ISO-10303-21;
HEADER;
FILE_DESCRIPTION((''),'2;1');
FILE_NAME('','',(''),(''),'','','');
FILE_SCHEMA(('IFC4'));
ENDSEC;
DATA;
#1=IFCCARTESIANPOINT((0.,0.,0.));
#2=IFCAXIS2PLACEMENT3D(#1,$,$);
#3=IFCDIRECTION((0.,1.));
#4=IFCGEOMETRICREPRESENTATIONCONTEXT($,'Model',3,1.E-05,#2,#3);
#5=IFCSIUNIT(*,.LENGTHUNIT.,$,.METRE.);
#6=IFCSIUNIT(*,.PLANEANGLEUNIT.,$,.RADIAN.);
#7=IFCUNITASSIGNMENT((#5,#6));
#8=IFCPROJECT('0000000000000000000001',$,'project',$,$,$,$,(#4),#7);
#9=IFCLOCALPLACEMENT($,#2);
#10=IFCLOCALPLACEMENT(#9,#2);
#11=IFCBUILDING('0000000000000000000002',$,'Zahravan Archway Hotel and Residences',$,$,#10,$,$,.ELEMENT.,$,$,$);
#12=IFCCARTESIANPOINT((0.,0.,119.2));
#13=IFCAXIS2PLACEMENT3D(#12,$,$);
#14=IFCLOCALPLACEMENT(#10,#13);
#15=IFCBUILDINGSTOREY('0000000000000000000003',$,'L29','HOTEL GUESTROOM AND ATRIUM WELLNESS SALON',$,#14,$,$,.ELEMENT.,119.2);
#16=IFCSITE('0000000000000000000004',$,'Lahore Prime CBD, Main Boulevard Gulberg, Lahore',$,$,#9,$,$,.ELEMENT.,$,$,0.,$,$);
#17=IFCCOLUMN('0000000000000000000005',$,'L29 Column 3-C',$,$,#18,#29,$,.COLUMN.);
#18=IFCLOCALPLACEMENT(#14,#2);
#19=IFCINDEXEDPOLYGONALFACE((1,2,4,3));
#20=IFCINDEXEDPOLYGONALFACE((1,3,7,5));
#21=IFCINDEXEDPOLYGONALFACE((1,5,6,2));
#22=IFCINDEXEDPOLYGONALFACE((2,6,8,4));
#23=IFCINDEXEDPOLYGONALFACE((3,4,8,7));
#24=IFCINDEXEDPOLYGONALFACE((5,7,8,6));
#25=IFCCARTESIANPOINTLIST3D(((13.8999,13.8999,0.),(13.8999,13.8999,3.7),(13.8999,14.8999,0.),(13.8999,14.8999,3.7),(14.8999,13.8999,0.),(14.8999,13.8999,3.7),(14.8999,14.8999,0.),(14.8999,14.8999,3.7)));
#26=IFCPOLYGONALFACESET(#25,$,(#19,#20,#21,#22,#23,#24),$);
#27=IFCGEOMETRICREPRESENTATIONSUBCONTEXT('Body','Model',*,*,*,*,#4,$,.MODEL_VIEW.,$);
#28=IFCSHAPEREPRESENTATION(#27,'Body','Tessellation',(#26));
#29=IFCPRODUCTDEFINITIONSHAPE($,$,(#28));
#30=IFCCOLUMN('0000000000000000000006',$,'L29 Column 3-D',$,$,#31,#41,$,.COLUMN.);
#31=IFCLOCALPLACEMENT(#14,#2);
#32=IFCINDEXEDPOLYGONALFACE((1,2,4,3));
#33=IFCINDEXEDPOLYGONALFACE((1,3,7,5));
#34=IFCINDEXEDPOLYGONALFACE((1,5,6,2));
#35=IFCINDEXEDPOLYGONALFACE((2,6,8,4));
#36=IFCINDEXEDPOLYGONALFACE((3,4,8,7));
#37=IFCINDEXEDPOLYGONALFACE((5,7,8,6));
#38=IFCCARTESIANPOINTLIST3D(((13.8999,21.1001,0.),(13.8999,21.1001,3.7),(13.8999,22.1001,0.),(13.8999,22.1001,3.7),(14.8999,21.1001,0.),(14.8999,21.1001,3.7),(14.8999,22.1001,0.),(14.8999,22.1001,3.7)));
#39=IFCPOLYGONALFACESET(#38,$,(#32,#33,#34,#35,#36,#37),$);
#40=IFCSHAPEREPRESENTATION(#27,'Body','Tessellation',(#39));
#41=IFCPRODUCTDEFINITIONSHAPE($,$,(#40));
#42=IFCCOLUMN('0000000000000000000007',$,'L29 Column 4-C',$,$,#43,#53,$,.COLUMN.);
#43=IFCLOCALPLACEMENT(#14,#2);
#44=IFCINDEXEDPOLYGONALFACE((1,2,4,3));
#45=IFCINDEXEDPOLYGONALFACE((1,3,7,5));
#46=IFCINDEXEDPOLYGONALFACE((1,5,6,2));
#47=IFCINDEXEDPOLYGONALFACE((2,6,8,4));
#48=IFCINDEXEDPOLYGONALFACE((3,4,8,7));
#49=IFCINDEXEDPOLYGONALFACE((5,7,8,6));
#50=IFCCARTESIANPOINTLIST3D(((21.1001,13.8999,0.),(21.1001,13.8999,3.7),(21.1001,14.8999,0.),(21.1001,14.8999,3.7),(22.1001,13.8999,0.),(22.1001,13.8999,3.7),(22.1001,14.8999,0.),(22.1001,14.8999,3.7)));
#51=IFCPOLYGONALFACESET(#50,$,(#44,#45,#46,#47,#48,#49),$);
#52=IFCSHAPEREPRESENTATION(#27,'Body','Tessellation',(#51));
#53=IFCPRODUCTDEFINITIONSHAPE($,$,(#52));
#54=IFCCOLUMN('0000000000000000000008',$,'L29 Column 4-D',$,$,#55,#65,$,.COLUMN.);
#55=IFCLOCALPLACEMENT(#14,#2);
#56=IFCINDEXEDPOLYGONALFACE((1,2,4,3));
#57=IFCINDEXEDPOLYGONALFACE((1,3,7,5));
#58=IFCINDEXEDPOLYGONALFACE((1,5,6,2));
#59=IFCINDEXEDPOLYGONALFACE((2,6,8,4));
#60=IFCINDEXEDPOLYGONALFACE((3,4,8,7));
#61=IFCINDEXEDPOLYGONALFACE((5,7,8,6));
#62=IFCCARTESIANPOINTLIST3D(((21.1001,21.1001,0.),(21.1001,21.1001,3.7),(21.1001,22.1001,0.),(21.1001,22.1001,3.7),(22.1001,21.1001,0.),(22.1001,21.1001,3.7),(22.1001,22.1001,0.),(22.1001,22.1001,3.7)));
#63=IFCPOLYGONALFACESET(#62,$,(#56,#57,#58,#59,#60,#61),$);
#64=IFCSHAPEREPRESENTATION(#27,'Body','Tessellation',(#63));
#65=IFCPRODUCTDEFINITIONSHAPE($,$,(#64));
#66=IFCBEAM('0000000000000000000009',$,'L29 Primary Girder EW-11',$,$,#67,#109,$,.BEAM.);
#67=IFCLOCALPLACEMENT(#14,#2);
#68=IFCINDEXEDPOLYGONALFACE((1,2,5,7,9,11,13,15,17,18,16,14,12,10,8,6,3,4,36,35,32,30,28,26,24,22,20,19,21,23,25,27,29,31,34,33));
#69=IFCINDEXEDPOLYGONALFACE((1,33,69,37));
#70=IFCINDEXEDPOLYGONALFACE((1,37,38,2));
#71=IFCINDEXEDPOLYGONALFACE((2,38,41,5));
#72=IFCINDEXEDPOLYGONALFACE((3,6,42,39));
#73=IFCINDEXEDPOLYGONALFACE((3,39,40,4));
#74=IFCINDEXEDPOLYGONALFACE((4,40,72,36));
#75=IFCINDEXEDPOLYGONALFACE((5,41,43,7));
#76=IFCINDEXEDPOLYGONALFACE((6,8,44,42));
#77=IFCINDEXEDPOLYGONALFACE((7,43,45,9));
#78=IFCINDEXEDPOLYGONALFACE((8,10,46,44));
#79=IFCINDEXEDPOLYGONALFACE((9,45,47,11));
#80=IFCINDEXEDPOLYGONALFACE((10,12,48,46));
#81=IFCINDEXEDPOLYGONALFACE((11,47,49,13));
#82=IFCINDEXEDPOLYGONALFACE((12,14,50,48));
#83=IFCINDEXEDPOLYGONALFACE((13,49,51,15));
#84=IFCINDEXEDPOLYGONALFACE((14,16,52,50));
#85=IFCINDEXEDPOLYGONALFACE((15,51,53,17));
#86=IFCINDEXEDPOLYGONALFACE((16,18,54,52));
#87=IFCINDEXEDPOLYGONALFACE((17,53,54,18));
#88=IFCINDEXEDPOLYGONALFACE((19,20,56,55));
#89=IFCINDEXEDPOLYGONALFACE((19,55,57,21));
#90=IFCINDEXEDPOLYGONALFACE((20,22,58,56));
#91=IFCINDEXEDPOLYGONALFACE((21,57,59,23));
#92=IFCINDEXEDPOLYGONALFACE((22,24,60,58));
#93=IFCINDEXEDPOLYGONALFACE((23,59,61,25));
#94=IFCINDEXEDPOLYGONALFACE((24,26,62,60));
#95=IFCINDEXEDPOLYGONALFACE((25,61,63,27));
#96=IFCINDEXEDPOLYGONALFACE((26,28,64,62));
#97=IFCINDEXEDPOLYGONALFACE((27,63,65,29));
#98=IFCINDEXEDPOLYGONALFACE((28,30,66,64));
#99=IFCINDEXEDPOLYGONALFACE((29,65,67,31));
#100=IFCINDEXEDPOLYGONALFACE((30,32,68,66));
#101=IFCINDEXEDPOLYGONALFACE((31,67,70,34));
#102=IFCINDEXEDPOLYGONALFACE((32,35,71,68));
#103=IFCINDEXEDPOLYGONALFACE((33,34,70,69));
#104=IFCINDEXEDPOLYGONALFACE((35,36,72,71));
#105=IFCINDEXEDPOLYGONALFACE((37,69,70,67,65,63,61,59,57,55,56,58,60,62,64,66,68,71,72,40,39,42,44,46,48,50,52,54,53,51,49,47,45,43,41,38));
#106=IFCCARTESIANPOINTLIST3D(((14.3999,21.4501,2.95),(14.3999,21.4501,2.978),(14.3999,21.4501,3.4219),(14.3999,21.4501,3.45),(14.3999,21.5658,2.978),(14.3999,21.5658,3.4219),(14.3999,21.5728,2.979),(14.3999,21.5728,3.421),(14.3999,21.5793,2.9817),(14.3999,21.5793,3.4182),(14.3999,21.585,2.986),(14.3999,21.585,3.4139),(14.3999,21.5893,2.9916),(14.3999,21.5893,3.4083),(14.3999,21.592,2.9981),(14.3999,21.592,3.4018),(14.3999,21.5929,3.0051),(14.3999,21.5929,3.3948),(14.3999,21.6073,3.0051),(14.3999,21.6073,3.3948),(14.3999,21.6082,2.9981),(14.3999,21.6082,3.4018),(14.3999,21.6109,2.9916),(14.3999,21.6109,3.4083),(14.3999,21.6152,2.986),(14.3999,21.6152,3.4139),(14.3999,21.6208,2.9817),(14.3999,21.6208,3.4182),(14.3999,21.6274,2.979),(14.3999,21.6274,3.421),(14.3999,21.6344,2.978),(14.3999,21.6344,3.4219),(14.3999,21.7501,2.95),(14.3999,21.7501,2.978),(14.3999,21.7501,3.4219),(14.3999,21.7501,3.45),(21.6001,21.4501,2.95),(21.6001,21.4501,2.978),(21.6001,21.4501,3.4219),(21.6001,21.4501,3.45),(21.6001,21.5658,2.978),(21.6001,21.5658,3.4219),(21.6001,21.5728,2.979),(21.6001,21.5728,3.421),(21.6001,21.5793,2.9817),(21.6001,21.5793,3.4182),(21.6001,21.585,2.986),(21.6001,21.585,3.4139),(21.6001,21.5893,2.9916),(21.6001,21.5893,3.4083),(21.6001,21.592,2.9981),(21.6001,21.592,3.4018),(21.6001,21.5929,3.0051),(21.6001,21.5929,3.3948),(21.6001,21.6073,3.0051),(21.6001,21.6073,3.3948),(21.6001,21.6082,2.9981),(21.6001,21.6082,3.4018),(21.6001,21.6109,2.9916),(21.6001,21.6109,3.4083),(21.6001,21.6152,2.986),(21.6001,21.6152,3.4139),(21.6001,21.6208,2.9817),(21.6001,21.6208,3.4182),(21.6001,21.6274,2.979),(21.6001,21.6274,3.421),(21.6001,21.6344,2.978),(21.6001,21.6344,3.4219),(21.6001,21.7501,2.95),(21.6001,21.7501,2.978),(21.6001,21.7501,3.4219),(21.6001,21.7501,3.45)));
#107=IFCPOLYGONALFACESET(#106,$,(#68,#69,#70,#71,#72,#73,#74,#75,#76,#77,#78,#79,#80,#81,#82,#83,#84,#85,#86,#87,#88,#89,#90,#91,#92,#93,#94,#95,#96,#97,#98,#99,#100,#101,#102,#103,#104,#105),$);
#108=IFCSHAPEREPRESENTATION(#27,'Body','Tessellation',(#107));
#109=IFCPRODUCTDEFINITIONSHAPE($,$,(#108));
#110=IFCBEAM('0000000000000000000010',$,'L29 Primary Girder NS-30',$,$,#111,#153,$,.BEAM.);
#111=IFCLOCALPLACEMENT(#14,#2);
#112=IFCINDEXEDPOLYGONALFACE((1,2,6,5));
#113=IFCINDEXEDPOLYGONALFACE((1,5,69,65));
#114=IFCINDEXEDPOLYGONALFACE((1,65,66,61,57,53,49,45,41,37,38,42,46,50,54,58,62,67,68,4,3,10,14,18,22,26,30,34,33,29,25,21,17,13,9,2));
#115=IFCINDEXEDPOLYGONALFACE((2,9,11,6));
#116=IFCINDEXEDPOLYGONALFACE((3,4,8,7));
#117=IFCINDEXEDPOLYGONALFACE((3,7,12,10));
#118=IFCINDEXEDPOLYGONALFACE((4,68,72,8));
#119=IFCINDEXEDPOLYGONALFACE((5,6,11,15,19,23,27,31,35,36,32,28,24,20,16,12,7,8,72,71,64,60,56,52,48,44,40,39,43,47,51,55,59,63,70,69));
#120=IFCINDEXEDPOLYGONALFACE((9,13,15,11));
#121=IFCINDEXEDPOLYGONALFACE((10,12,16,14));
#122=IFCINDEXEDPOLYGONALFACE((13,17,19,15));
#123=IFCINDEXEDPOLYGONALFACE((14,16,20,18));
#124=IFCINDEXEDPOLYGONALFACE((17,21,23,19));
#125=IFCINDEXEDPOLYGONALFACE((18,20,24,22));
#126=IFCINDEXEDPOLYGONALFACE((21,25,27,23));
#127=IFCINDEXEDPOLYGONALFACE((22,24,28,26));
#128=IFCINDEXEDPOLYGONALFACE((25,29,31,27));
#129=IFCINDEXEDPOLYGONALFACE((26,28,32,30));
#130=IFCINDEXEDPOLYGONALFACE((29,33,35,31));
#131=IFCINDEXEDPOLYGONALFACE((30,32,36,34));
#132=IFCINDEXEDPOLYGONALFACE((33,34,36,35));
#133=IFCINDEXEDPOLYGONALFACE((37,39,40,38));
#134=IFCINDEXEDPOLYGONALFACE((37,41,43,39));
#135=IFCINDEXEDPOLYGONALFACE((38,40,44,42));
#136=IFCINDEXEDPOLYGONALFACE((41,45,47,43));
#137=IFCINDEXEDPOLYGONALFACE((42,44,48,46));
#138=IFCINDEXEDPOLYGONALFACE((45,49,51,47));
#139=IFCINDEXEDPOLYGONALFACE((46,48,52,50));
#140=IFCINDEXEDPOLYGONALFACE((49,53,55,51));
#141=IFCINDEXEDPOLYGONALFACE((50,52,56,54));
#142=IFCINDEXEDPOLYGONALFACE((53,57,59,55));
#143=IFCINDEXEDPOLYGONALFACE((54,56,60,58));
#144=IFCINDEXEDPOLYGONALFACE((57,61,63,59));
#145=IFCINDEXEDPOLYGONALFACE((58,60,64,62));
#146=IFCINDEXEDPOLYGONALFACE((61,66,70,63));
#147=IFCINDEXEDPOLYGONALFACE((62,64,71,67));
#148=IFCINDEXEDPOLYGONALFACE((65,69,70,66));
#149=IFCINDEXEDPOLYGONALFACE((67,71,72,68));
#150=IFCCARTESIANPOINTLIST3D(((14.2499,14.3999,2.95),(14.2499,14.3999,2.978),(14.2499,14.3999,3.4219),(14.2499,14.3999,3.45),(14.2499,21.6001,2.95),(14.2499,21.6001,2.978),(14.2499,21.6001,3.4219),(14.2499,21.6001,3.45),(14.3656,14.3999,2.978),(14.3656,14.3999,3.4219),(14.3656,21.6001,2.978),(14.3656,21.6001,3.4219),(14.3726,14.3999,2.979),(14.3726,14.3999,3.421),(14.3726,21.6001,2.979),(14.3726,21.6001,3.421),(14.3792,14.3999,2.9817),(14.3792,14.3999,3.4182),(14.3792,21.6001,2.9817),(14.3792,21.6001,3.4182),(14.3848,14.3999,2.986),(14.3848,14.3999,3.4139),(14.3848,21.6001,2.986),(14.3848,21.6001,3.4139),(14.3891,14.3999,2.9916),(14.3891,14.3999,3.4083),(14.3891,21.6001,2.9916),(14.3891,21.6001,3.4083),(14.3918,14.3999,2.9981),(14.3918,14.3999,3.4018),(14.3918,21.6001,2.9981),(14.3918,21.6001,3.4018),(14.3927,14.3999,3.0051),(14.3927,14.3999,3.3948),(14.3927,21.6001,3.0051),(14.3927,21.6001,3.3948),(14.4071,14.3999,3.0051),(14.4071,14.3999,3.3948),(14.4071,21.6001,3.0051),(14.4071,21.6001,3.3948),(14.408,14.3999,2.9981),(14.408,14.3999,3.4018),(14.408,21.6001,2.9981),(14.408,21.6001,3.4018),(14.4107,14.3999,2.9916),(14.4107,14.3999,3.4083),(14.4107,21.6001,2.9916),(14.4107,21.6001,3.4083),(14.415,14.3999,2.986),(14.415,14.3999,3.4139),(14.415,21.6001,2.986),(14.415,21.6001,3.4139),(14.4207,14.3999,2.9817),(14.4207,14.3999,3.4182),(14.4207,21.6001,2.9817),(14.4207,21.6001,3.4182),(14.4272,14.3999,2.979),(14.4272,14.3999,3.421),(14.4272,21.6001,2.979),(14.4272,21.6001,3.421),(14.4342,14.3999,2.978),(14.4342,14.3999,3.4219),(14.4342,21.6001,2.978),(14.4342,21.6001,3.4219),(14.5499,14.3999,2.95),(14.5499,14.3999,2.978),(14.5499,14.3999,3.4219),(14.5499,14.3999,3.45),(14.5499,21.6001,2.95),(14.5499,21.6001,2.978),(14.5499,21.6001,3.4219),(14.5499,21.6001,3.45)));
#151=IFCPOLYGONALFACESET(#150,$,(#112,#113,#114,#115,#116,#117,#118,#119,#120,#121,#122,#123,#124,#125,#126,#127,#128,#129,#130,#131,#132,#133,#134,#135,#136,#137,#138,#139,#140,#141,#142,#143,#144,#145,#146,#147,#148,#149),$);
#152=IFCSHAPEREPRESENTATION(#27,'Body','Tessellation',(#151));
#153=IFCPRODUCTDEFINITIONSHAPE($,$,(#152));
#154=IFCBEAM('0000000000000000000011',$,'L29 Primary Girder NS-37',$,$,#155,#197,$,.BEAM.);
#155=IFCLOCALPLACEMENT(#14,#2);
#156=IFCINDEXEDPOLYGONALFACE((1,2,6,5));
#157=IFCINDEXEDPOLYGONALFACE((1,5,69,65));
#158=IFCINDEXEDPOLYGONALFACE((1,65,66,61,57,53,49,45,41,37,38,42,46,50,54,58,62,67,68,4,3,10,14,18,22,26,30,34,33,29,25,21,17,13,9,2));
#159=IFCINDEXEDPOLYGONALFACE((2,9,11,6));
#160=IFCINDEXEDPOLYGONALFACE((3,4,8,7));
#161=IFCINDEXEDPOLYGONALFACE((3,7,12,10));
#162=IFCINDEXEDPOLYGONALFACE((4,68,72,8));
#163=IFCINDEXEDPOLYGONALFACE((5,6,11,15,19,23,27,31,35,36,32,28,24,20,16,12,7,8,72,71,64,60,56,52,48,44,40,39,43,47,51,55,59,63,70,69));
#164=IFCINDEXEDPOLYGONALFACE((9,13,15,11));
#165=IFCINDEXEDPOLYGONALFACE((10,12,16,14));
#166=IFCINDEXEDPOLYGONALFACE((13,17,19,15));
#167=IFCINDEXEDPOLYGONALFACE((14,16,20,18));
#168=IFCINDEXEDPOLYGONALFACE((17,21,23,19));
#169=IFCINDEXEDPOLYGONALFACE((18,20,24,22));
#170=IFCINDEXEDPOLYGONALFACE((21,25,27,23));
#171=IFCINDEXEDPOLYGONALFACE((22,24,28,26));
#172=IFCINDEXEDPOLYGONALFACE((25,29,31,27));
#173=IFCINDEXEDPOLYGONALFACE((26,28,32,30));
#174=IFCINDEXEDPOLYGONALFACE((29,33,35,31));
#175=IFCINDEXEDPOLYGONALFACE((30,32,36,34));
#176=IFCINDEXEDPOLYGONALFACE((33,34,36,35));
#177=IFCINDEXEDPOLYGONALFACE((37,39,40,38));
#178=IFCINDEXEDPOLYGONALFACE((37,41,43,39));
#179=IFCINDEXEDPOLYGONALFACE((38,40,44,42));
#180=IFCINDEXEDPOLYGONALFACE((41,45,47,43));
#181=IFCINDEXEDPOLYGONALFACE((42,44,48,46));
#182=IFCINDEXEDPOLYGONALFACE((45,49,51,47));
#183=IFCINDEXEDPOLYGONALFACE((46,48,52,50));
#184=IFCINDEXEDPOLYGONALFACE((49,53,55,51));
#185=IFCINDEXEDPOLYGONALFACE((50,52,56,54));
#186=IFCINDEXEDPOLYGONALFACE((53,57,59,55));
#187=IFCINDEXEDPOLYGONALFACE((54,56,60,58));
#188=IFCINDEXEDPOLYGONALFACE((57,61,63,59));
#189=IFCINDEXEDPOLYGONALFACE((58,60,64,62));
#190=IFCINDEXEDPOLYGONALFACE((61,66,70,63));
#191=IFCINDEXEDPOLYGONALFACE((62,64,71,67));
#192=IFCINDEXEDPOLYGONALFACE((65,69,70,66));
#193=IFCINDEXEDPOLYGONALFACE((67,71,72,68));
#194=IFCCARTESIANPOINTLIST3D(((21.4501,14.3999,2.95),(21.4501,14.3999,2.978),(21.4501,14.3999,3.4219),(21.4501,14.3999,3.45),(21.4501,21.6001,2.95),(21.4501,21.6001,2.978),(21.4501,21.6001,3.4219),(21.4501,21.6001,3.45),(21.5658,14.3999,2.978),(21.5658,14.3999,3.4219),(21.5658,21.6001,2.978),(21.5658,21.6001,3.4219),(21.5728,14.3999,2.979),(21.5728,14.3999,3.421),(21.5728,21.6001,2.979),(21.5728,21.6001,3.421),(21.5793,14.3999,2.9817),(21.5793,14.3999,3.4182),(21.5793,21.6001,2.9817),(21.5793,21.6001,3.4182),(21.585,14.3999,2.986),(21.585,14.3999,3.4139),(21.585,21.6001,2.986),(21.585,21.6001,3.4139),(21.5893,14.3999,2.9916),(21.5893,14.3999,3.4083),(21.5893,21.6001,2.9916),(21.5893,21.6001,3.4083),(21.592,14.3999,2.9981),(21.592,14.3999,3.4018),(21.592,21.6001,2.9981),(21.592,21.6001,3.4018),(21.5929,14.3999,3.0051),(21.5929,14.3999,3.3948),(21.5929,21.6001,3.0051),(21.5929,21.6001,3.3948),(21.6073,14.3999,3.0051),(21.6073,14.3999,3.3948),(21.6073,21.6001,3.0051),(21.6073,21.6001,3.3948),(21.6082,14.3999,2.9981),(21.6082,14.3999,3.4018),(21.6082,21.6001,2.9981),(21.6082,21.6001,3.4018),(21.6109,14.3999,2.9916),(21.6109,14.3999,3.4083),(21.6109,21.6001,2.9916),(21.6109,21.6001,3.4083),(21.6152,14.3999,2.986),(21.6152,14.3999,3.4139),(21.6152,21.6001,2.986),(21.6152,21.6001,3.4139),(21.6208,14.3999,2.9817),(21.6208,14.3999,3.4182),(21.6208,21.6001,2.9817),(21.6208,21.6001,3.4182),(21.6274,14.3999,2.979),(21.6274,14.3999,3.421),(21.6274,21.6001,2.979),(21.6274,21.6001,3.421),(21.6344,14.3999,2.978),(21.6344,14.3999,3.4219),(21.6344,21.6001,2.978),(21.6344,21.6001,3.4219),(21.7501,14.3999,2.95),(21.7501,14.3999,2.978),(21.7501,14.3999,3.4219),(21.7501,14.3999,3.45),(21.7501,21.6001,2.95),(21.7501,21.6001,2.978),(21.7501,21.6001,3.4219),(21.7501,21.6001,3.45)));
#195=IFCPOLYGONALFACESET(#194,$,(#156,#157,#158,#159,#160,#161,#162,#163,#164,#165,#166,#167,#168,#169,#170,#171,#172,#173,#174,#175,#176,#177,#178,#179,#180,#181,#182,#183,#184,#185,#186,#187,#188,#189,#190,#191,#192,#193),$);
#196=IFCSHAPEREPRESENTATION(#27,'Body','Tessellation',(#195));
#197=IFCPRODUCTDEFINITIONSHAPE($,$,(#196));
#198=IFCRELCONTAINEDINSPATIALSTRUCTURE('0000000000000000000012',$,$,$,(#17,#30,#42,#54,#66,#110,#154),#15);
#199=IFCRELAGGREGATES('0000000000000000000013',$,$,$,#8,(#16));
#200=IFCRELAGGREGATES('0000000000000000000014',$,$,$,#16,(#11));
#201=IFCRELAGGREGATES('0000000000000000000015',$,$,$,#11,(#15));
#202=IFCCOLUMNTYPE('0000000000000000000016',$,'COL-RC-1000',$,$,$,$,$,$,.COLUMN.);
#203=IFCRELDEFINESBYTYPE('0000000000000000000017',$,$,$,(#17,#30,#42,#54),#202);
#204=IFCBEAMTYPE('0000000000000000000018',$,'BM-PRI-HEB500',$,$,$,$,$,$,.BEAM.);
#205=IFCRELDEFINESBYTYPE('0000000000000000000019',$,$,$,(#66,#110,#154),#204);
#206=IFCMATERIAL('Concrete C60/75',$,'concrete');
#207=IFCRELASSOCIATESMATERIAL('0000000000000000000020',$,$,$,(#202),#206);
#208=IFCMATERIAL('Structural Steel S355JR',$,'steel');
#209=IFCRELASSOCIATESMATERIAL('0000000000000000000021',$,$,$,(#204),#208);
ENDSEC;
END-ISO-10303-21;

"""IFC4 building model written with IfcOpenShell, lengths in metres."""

from ifc_helpers import new_model, si_unit, direction, frame, origin, origin_2d, place, context, subcontext, project, spatial, rectangle, i_section, extrude, source, transform, mapped, material, material_profile, profile_set, type_object, type_shapes, element, save


model = new_model("IFC4")

# Units and contexts
model_context = context("Model", 3, precision=1e-05, world=origin(), true_north=direction((0.0, 1.0)))
body_context = subcontext(model_context, "Body", "Model", "MODEL_VIEW")
ifc_project = project(units=[si_unit("LENGTHUNIT", "METRE"), si_unit("PLANEANGLEUNIT", "RADIAN")], contexts=[model_context])

# Site, building, storey
site_placement = place(None, origin())
site = spatial("IfcSite", under=ifc_project, at=site_placement, Name="Lahore Prime CBD, Main Boulevard Gulberg, Lahore", CompositionType="ELEMENT", RefElevation=0.0)
building_placement = place(site_placement, origin())
building = spatial("IfcBuilding", under=site, at=building_placement, Name="Zahravan Archway Hotel and Residences", CompositionType="ELEMENT")
storey_placement = place(building_placement, frame((0.0, 0.0, 119.2)))
storey = spatial("IfcBuildingStorey", under=building, at=storey_placement, Name="L29", Description="HOTEL GUESTROOM AND ATRIUM WELLNESS SALON", CompositionType="ELEMENT", Elevation=119.2)

# Columns
ifc_material_1 = material(Name="Concrete C60/75", Category="concrete")
ifc_material_profile_1 = material_profile(ifc_material_1, rectangle(XDim=1.0, YDim=1.0, at=origin_2d()), Name="RC-COL-1000x1000", Category="concrete")
ifc_profile_set_1 = profile_set([ifc_material_profile_1], Name="Concrete C60/75")
column_type = type_object("IfcColumnType", Name="COL-RC-1000", PredefinedType="COLUMN", material=ifc_profile_set_1)
shared_shape_1 = source(origin(), body_context, "Body", "SweptSolid", [
    extrude(rectangle(XDim=1.0, YDim=1.0, at=origin_2d()), origin(), (0.0, 0.0, 1.0), 3.7),
])
type_shapes(column_type, [shared_shape_1])
for number, where, z_axis, x_axis, name in (
    (1, (14.3999, 14.3999, 0.0), (0.0, 0.0, 1.0), (1.0, 0.0, 0.0), "L29 Column 3-C"),
    (2, (14.3999, 21.6001, 0.0), (0.0, 0.0, 1.0), (1.0, 0.0, 0.0), "L29 Column 3-D"),
    (3, (21.6001, 14.3999, 0.0), (0.0, 0.0, 1.0), (1.0, 0.0, 0.0), "L29 Column 4-C"),
    (4, (21.6001, 21.6001, 0.0), (0.0, 0.0, 1.0), (1.0, 0.0, 0.0), "L29 Column 4-D"),
):
    element("IfcColumn", number, at=place(storey_placement, frame(where, z_axis=z_axis, x_axis=x_axis)), inside=storey, type_object=column_type, Name=name, PredefinedType="COLUMN", context=body_context, shape_type="MappedRepresentation", body=[
        mapped(shared_shape_1, transform((0.0, 0.0, 0.0), scale=1.0)),
    ])

# Beams
ifc_material_2 = material(Name="Structural Steel S355JR", Category="steel")
ifc_material_profile_2 = material_profile(ifc_material_2, i_section(OverallWidth=0.3, OverallDepth=0.5, WebThickness=0.0144, FlangeThickness=0.0281, FilletRadius=0.0271, at=origin_2d()), Name="HEB 500", Category="steel")
ifc_profile_set_2 = profile_set([ifc_material_profile_2], Name="Structural Steel S355JR")
beam_type_1 = type_object("IfcBeamType", Name="BM-PRI-HEB500", PredefinedType="BEAM", material=ifc_profile_set_2)
shared_shape_2 = source(origin(), body_context, "Body", "SweptSolid", [
    extrude(i_section(OverallWidth=0.3, OverallDepth=0.5, WebThickness=0.0144, FlangeThickness=0.0281, FilletRadius=0.0271, at=origin_2d()), origin(), (0.0, 0.0, 1.0), 7.2002),
])
type_shapes(beam_type_1, [shared_shape_2])
for number, where, z_axis, x_axis, name in (
    (5, (14.3999, 21.6001, 3.2), (1.0, 0.0, 0.0), (0.0, 1.0, 0.0), "L29 Primary Girder EW-11"),
    (6, (14.3999, 14.3999, 3.2), (0.0, 1.0, 0.0), (-1.0, 0.0, 0.0), "L29 Primary Girder NS-30"),
    (7, (21.6001, 14.3999, 3.2), (0.0, 1.0, 0.0), (-1.0, 0.0, 0.0), "L29 Primary Girder NS-37"),
):
    element("IfcBeam", number, at=place(storey_placement, frame(where, z_axis=z_axis, x_axis=x_axis)), inside=storey, type_object=beam_type_1, Name=name, PredefinedType="BEAM", context=body_context, shape_type="MappedRepresentation", body=[
        mapped(shared_shape_2, transform((0.0, 0.0, 0.0), scale=1.0)),
    ])

save(model, "model.ifc")
